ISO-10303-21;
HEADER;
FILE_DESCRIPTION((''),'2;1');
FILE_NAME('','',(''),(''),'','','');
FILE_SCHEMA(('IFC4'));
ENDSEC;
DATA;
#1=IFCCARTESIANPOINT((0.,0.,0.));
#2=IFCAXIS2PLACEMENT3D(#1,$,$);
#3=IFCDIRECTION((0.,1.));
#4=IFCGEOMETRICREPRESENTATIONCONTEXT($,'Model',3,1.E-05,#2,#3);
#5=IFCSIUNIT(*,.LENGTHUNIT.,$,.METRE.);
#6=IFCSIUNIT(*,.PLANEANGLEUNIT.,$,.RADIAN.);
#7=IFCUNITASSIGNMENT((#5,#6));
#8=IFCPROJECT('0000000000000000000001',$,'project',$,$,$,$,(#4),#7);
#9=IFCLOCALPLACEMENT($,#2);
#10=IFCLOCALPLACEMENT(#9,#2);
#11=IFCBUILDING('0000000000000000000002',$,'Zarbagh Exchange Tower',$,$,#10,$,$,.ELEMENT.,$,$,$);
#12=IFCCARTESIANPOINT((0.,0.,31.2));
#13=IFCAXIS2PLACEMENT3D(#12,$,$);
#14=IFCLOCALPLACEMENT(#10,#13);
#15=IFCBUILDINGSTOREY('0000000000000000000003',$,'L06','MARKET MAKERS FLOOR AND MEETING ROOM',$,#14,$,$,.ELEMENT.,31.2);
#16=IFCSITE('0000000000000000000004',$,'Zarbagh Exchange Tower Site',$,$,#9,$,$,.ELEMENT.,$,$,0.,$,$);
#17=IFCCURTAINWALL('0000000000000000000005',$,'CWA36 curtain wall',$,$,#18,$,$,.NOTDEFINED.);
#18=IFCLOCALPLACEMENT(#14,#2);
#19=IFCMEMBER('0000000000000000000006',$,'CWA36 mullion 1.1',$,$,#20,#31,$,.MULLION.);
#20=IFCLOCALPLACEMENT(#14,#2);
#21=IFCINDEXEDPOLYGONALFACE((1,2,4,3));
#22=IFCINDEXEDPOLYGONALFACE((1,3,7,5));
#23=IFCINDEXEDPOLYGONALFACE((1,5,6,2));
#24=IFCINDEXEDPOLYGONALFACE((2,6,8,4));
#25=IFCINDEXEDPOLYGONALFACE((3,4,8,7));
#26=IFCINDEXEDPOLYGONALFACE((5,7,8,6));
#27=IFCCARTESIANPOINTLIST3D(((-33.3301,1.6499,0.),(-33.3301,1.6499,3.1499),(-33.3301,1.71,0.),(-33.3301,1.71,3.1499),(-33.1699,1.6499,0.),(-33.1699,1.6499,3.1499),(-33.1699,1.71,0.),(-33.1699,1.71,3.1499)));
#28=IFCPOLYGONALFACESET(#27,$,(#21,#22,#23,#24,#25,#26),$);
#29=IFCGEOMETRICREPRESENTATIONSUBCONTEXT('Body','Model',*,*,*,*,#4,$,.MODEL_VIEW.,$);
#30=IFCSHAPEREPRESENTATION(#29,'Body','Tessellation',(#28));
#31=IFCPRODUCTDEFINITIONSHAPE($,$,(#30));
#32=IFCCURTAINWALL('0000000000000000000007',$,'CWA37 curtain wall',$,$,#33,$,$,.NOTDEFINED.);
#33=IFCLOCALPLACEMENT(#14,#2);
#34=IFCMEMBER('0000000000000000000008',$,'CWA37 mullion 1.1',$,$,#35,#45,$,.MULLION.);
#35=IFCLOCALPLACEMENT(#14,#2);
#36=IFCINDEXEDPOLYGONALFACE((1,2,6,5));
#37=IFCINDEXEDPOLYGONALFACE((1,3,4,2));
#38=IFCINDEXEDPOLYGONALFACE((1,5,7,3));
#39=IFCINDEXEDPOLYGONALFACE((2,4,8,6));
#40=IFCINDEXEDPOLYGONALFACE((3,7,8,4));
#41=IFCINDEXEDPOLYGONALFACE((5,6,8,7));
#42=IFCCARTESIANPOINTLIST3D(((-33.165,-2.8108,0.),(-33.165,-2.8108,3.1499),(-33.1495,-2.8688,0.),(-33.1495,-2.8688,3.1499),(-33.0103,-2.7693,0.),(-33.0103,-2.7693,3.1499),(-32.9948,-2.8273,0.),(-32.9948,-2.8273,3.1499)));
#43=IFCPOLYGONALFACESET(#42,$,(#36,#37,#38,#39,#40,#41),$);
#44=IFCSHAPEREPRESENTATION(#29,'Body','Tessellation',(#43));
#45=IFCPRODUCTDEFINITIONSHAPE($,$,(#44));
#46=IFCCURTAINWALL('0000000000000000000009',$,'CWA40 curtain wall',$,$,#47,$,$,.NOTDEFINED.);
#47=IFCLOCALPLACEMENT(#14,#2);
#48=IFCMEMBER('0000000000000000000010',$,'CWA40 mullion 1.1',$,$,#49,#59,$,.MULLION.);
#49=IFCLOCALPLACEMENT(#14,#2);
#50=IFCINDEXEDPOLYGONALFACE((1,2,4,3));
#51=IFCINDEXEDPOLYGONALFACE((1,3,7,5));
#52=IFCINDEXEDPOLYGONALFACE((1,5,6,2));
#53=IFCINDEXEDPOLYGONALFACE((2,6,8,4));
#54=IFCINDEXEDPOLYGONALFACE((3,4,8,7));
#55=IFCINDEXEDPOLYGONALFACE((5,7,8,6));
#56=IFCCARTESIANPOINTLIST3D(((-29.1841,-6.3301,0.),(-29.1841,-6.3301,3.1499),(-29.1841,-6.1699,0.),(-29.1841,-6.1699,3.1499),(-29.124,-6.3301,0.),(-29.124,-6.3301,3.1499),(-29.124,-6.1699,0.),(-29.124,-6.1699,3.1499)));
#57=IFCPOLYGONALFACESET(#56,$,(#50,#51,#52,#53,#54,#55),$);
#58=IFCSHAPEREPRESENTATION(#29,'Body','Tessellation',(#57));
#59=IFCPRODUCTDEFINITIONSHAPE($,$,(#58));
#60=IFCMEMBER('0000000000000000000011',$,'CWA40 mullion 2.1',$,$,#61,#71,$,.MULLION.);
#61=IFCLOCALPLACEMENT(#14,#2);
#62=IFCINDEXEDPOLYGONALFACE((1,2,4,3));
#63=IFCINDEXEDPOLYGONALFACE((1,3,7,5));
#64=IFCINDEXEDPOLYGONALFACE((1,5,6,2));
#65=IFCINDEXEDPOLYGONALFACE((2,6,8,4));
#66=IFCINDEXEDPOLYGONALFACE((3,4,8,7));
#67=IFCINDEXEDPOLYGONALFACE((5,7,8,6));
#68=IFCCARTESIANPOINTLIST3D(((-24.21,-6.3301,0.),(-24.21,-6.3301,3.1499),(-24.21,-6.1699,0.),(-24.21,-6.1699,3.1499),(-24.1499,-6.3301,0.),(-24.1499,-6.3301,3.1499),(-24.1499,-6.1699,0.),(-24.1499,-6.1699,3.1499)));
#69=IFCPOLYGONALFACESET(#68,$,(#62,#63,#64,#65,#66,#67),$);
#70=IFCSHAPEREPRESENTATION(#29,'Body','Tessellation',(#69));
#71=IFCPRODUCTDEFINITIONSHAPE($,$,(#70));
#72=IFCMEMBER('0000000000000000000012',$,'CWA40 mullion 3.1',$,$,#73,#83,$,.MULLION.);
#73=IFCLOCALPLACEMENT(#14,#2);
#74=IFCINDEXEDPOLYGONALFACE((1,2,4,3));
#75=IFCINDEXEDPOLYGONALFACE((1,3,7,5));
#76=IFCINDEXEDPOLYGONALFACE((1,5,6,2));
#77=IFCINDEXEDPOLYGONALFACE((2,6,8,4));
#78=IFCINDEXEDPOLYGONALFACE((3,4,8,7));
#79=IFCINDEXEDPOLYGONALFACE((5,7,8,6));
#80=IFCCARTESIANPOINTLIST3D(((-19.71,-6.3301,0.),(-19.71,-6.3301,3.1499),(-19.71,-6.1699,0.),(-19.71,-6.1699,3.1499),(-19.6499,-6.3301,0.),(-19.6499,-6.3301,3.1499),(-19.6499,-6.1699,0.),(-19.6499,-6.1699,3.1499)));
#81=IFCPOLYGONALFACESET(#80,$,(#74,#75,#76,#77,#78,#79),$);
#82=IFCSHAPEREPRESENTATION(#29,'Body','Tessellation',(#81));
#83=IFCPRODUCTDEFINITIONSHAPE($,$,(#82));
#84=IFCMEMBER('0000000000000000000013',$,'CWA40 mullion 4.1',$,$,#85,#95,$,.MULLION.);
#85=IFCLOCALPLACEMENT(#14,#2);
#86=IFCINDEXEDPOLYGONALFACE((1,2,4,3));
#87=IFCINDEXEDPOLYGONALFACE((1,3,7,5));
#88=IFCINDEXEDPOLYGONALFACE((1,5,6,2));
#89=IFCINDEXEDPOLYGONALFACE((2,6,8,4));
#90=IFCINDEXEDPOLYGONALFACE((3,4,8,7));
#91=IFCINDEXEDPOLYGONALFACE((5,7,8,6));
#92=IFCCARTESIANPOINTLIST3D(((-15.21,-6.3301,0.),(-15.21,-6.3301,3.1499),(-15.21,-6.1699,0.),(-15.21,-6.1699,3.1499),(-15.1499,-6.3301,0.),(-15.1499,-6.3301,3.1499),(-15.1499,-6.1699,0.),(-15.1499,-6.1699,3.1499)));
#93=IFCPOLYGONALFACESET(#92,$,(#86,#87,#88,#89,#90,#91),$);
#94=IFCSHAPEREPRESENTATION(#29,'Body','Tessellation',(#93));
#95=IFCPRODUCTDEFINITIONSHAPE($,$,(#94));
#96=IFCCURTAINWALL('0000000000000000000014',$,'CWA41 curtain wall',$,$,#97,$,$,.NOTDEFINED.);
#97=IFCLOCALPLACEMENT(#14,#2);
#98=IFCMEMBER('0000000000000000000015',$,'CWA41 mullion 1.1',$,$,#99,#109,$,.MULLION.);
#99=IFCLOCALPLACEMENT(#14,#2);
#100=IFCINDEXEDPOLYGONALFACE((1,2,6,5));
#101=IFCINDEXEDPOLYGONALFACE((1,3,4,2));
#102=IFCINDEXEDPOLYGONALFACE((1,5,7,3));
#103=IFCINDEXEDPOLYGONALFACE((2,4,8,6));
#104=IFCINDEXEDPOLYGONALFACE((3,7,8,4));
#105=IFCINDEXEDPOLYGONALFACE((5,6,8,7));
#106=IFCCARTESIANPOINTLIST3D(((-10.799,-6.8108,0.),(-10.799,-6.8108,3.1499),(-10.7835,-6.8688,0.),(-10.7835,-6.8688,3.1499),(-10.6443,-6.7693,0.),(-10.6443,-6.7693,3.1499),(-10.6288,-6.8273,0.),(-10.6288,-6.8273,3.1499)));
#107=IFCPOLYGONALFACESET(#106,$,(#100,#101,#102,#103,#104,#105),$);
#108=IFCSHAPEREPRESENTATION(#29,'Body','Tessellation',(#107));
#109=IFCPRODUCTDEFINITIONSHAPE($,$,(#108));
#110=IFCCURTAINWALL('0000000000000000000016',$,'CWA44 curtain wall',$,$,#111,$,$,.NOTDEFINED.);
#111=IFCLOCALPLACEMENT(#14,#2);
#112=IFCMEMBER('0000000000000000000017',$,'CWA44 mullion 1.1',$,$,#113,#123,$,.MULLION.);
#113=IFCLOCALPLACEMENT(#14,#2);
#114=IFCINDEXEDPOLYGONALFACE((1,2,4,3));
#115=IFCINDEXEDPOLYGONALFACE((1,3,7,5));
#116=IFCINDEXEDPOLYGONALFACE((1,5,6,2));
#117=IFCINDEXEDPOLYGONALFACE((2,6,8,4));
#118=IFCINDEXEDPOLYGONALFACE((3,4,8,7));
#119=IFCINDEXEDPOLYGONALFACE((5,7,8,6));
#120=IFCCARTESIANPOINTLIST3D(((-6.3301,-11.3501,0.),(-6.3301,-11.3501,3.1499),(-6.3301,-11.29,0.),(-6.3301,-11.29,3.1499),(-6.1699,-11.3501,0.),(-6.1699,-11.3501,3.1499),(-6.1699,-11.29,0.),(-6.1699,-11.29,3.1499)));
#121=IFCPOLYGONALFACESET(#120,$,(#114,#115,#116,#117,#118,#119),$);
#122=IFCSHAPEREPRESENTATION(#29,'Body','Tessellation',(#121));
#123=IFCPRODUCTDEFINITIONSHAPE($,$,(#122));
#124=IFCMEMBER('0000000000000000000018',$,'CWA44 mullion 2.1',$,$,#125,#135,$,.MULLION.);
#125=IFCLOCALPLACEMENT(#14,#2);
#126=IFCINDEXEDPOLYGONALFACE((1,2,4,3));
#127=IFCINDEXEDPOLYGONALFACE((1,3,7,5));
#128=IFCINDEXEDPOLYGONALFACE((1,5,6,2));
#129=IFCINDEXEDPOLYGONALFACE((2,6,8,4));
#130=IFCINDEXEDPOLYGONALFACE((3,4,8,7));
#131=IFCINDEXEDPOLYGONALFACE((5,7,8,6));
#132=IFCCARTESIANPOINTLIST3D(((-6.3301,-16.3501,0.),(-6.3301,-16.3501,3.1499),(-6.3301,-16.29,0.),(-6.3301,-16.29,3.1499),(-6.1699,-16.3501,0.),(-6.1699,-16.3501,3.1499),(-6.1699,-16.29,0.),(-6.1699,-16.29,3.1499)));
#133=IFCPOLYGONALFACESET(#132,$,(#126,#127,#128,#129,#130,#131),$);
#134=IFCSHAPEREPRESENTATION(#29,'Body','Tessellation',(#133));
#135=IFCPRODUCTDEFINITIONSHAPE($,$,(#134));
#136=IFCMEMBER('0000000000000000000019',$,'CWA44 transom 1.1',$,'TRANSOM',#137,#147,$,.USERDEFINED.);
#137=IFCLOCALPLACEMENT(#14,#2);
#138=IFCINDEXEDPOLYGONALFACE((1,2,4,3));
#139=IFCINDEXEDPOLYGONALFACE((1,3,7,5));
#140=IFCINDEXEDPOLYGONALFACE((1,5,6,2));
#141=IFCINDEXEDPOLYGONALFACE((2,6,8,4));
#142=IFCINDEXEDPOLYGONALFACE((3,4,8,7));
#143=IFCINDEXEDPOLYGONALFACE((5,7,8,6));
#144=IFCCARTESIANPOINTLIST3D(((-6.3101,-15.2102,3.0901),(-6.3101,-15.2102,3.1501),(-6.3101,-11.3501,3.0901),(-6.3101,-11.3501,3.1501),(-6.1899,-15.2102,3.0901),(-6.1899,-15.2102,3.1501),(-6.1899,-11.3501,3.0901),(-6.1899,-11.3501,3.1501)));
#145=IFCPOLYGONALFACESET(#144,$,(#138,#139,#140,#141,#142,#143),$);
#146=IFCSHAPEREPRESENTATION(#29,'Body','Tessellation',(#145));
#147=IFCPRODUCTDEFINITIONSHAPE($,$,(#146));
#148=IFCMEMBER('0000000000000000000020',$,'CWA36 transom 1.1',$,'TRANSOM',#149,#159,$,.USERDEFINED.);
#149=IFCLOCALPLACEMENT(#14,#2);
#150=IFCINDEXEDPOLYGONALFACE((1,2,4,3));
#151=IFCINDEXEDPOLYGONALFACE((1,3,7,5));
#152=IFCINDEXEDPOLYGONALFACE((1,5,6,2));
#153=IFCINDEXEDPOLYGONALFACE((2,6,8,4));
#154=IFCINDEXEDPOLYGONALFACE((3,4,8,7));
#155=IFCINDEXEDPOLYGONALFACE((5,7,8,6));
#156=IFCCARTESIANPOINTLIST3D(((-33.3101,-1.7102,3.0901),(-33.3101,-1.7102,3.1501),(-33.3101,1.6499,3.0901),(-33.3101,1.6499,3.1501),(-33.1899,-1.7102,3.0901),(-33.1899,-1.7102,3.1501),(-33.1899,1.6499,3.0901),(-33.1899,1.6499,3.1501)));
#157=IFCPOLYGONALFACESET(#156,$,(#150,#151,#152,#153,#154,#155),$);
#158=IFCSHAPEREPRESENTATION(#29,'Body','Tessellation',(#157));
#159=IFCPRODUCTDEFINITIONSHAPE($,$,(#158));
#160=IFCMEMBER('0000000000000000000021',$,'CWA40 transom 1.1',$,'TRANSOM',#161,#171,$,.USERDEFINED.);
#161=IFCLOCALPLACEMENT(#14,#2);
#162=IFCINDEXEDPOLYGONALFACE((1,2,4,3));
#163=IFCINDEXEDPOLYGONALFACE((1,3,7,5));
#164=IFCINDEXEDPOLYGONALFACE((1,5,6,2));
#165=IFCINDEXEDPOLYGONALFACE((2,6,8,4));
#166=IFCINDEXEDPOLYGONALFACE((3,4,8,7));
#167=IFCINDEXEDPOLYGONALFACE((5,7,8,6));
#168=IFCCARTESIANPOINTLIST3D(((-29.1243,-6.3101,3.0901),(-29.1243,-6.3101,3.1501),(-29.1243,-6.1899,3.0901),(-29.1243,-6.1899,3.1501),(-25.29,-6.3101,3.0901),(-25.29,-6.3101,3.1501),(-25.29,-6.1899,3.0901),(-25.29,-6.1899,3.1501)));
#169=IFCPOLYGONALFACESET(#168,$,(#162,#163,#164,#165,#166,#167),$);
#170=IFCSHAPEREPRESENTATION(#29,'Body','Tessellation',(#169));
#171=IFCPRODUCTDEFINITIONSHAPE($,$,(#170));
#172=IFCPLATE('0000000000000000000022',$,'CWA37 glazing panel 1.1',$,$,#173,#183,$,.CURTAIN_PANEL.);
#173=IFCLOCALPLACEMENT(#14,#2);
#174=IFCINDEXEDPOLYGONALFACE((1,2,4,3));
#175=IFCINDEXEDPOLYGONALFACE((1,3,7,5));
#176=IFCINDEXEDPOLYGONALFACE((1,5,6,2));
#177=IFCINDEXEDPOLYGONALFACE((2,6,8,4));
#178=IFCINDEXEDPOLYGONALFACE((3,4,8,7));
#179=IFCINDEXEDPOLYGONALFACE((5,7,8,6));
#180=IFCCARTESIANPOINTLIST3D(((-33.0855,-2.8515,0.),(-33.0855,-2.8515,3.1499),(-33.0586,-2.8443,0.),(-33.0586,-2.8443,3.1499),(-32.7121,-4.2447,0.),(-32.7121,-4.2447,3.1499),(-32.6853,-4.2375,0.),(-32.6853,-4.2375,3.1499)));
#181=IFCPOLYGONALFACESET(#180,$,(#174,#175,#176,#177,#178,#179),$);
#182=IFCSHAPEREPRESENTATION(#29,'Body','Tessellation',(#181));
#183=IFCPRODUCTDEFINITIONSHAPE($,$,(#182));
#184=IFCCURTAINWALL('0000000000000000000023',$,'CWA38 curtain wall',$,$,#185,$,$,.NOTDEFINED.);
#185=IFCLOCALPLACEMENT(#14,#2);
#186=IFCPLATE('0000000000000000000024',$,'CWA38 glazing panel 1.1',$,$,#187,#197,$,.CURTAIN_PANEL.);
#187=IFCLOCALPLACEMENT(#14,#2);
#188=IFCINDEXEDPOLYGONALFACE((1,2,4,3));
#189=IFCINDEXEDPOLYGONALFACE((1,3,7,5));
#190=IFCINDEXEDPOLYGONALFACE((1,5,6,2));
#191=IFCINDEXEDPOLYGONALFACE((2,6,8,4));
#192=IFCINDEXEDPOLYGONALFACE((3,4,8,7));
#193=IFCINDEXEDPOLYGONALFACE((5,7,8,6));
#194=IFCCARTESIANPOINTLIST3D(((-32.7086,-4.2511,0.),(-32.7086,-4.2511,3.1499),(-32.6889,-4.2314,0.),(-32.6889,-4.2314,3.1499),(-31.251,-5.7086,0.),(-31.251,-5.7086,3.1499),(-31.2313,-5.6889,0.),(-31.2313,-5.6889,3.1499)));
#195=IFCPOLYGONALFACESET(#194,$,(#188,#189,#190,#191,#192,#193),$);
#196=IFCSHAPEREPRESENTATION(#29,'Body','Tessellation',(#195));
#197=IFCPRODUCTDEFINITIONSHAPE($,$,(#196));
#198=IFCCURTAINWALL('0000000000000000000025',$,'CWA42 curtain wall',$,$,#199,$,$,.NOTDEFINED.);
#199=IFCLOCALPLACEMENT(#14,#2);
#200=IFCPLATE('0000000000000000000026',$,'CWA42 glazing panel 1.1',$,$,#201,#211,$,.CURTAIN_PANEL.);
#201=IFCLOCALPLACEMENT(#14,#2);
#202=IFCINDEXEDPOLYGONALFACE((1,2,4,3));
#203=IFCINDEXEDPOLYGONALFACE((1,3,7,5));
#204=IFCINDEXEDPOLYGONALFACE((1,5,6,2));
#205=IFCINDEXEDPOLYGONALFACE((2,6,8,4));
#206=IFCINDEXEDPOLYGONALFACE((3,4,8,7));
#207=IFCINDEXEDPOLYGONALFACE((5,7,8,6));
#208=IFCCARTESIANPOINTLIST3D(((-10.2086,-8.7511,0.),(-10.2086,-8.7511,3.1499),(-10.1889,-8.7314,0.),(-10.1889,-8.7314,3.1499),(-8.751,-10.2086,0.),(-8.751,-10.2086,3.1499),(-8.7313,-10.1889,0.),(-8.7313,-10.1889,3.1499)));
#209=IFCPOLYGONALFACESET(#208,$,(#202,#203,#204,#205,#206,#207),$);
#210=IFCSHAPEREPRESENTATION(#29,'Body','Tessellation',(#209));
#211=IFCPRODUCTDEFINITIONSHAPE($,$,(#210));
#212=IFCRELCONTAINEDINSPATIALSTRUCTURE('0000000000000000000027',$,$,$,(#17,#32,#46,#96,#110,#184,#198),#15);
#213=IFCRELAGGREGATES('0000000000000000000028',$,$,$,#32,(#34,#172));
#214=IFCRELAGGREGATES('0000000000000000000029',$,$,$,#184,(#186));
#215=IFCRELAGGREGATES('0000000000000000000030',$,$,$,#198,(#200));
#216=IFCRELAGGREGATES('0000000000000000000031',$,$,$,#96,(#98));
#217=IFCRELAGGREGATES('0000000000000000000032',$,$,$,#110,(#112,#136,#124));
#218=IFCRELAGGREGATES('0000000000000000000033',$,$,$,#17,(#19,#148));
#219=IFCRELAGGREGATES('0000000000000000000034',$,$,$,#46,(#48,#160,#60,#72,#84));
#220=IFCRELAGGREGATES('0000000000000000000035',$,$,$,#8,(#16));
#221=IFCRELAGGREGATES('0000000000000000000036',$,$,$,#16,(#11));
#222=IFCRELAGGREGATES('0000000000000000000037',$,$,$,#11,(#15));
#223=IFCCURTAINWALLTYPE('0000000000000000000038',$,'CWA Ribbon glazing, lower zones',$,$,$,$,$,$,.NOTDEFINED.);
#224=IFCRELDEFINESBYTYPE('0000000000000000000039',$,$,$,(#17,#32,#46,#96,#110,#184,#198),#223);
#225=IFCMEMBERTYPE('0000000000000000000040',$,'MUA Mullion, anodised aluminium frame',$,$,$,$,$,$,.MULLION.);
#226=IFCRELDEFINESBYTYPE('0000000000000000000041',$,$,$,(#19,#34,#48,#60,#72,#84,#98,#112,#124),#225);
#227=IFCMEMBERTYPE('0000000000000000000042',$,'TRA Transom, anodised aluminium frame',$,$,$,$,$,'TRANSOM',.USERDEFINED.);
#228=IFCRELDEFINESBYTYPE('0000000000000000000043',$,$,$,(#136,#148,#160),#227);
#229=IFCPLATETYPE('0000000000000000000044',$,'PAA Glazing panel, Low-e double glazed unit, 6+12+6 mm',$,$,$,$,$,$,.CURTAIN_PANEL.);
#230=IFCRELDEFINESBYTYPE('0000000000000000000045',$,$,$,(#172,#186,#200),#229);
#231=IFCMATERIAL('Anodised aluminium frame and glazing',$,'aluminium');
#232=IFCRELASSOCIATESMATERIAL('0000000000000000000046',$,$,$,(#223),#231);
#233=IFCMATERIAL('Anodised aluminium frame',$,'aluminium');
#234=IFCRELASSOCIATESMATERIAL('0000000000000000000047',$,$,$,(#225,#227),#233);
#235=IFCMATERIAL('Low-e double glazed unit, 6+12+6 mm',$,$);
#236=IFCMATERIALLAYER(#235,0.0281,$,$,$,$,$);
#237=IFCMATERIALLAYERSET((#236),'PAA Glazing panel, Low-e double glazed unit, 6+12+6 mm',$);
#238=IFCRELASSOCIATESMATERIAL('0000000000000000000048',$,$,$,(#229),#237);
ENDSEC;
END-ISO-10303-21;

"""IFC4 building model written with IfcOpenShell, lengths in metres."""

from ifc_helpers import new_model, si_unit, direction, frame, origin, place, context, subcontext, project, spatial, polyline, outline, extrude, source, transform, mapped, material, layer, layer_set, type_object, element, aggregate, save


model = new_model("IFC4")

# Units and contexts
model_context = context("Model", 3, precision=1e-05, world=origin(), true_north=direction((0.0, 1.0)))
body_context = subcontext(model_context, "Body", "Model", "MODEL_VIEW")
ifc_project = project(units=[si_unit("LENGTHUNIT", "METRE"), si_unit("PLANEANGLEUNIT", "RADIAN")], contexts=[model_context])

# Site, building, storey
site_placement = place(None, origin())
site = spatial("IfcSite", under=ifc_project, at=site_placement, Name="Zarbagh Exchange Tower Site", CompositionType="ELEMENT", RefElevation=0.0)
building_placement = place(site_placement, origin())
building = spatial("IfcBuilding", under=site, at=building_placement, Name="Zarbagh Exchange Tower", CompositionType="ELEMENT")
storey_placement = place(building_placement, frame((0.0, 0.0, 31.2)))
storey = spatial("IfcBuildingStorey", under=building, at=storey_placement, Name="L06", Description="MARKET MAKERS FLOOR AND MEETING ROOM", CompositionType="ELEMENT", Elevation=31.2)

# Curtain walls, members
ifc_material_1 = material(Name="Anodised aluminium frame and glazing", Category="aluminium")
curtain_wall_type = type_object("IfcCurtainWallType", Name="CWA Ribbon glazing, lower zones", PredefinedType="NOTDEFINED", material=ifc_material_1)
curtain_wall_1_placement = place(storey_placement, origin())
curtain_wall_1 = element("IfcCurtainWall", 1, at=curtain_wall_1_placement, inside=storey, type_object=curtain_wall_type, Name="CWA36 curtain wall", PredefinedType="NOTDEFINED")
ifc_material_2 = material(Name="Anodised aluminium frame", Category="aluminium")
member_type_1 = type_object("IfcMemberType", Name="MUA Mullion, anodised aluminium frame", PredefinedType="MULLION", material=ifc_material_2)
shared_shape_1 = source(origin(), body_context, "Body", "SweptSolid", [
    extrude(outline(polyline([(0.0, -0.0801), (0.0601, -0.0801), (0.0601, 0.0801), (0.0, 0.0801), (0.0, -0.0801)])), origin(), (0.0, 0.0, 1.0), 3.1499),
])
placement = place(storey_placement, origin())
member_1 = element("IfcMember", 2, at=placement, type_object=member_type_1, Name="CWA36 mullion 1.1", PredefinedType="MULLION", context=body_context, shape_type="MappedRepresentation", body=[
    mapped(shared_shape_1, transform((-33.25, 1.71, 0.0), x_axis=(0.0, -1.0, 0.0), y_axis=(1.0, 0.0, 0.0), z_axis=(0.0, 0.0, 1.0))),
])
curtain_wall_2_placement = place(storey_placement, origin())
curtain_wall_2 = element("IfcCurtainWall", 3, at=curtain_wall_2_placement, inside=storey, type_object=curtain_wall_type, Name="CWA37 curtain wall", PredefinedType="NOTDEFINED")
member_2 = element("IfcMember", 4, at=placement, type_object=member_type_1, Name="CWA37 mullion 1.1", PredefinedType="MULLION", context=body_context, shape_type="MappedRepresentation", body=[
    mapped(shared_shape_1, transform((-33.0876, -2.79, 0.0), x_axis=(0.258825, -0.965924, 0.0), y_axis=(0.965924, 0.258825, 0.0), z_axis=(0.0, 0.0, 1.0))),
])

# Curtain wall, members
curtain_wall_3_placement = place(storey_placement, origin())
curtain_wall_3 = element("IfcCurtainWall", 5, at=curtain_wall_3_placement, inside=storey, type_object=curtain_wall_type, Name="CWA40 curtain wall", PredefinedType="NOTDEFINED")
member_3 = element("IfcMember", 6, at=placement, type_object=member_type_1, Name="CWA40 mullion 1.1", PredefinedType="MULLION", context=body_context, shape_type="MappedRepresentation", body=[
    mapped(shared_shape_1, transform((-29.1841, -6.25, 0.0), x_axis=(1.0, 0.0, 0.0), y_axis=(0.0, 1.0, 0.0), z_axis=(0.0, 0.0, 1.0))),
])
member_4 = element("IfcMember", 7, at=placement, type_object=member_type_1, Name="CWA40 mullion 2.1", PredefinedType="MULLION", context=body_context, shape_type="MappedRepresentation", body=[
    mapped(shared_shape_1, transform((-24.21, -6.25, 0.0), x_axis=(1.0, 0.0, 0.0), y_axis=(0.0, 1.0, 0.0), z_axis=(0.0, 0.0, 1.0))),
])
member_5 = element("IfcMember", 8, at=placement, type_object=member_type_1, Name="CWA40 mullion 3.1", PredefinedType="MULLION", context=body_context, shape_type="MappedRepresentation", body=[
    mapped(shared_shape_1, transform((-19.71, -6.25, 0.0), x_axis=(1.0, 0.0, 0.0), y_axis=(0.0, 1.0, 0.0), z_axis=(0.0, 0.0, 1.0))),
])
member_6 = element("IfcMember", 9, at=placement, type_object=member_type_1, Name="CWA40 mullion 4.1", PredefinedType="MULLION", context=body_context, shape_type="MappedRepresentation", body=[
    mapped(shared_shape_1, transform((-15.21, -6.25, 0.0), x_axis=(1.0, 0.0, 0.0), y_axis=(0.0, 1.0, 0.0), z_axis=(0.0, 0.0, 1.0))),
])

# Curtain wall, member
curtain_wall_4_placement = place(storey_placement, origin())
curtain_wall_4 = element("IfcCurtainWall", 10, at=curtain_wall_4_placement, inside=storey, type_object=curtain_wall_type, Name="CWA41 curtain wall", PredefinedType="NOTDEFINED")
member_7 = element("IfcMember", 11, at=placement, type_object=member_type_1, Name="CWA41 mullion 1.1", PredefinedType="MULLION", context=body_context, shape_type="MappedRepresentation", body=[
    mapped(shared_shape_1, transform((-10.7217, -6.79, 0.0), x_axis=(0.258825, -0.965924, 0.0), y_axis=(0.965924, 0.258825, 0.0), z_axis=(0.0, 0.0, 1.0))),
])

# Curtain wall, members
curtain_wall_5_placement = place(storey_placement, origin())
curtain_wall_5 = element("IfcCurtainWall", 12, at=curtain_wall_5_placement, inside=storey, type_object=curtain_wall_type, Name="CWA44 curtain wall", PredefinedType="NOTDEFINED")
member_8 = element("IfcMember", 13, at=placement, type_object=member_type_1, Name="CWA44 mullion 1.1", PredefinedType="MULLION", context=body_context, shape_type="MappedRepresentation", body=[
    mapped(shared_shape_1, transform((-6.25, -11.29, 0.0), x_axis=(0.0, -1.0, 0.0), y_axis=(1.0, 0.0, 0.0), z_axis=(0.0, 0.0, 1.0))),
])
member_9 = element("IfcMember", 14, at=placement, type_object=member_type_1, Name="CWA44 mullion 2.1", PredefinedType="MULLION", context=body_context, shape_type="MappedRepresentation", body=[
    mapped(shared_shape_1, transform((-6.25, -16.29, 0.0), x_axis=(0.0, -1.0, 0.0), y_axis=(1.0, 0.0, 0.0), z_axis=(0.0, 0.0, 1.0))),
])
member_type_2 = type_object("IfcMemberType", Name="TRA Transom, anodised aluminium frame", ElementType="TRANSOM", PredefinedType="USERDEFINED", material=ifc_material_2)
shared_shape_2 = source(origin(), body_context, "Body", "SweptSolid", [
    extrude(outline(polyline([(-0.0601, -0.0601), (0.0, -0.0601), (0.0, 0.0601), (-0.0601, 0.0601), (-0.0601, -0.0601)])), origin(), (0.0, 0.0, 1.0), 3.8601),
])
member_10 = element("IfcMember", 15, at=placement, type_object=member_type_2, Name="CWA44 transom 1.1", ObjectType="TRANSOM", PredefinedType="USERDEFINED", context=body_context, shape_type="MappedRepresentation", body=[
    mapped(shared_shape_2, transform((-6.25, -11.3501, 3.1501), x_axis=(0.0, 0.0, 1.0), y_axis=(-1.0, 0.0, 0.0), z_axis=(0.0, -1.0, 0.0))),
])

# Members
shared_shape_3 = source(origin(), body_context, "Body", "SweptSolid", [
    extrude(outline(polyline([(-0.0601, -0.0601), (0.0, -0.0601), (0.0, 0.0601), (-0.0601, 0.0601), (-0.0601, -0.0601)])), origin(), (0.0, 0.0, 1.0), 3.3601),
])
member_11 = element("IfcMember", 16, at=placement, type_object=member_type_2, Name="CWA36 transom 1.1", ObjectType="TRANSOM", PredefinedType="USERDEFINED", context=body_context, shape_type="MappedRepresentation", body=[
    mapped(shared_shape_3, transform((-33.25, 1.6499, 3.1501), x_axis=(0.0, 0.0, 1.0), y_axis=(-1.0, 0.0, 0.0), z_axis=(0.0, -1.0, 0.0))),
])
shared_shape_4 = source(origin(), body_context, "Body", "SweptSolid", [
    extrude(outline(polyline([(-0.0601, -0.0601), (0.0, -0.0601), (0.0, 0.0601), (-0.0601, 0.0601), (-0.0601, -0.0601)])), origin(), (0.0, 0.0, 1.0), 3.8342),
])
member_12 = element("IfcMember", 17, at=placement, type_object=member_type_2, Name="CWA40 transom 1.1", ObjectType="TRANSOM", PredefinedType="USERDEFINED", context=body_context, shape_type="MappedRepresentation", body=[
    mapped(shared_shape_4, transform((-29.1243, -6.25, 3.1501), x_axis=(0.0, 0.0, 1.0), y_axis=(0.0, -1.0, 0.0), z_axis=(1.0, 0.0, 0.0))),
])

# Plate
ifc_material_3 = material(Name="Low-e double glazed unit, 6+12+6 mm")
ifc_layer = layer(ifc_material_3, 0.0281)
ifc_layer_set = layer_set([ifc_layer], Name="PAA Glazing panel, Low-e double glazed unit, 6+12+6 mm")
plate_type = type_object("IfcPlateType", Name="PAA Glazing panel, Low-e double glazed unit, 6+12+6 mm", PredefinedType="CURTAIN_PANEL", material=ifc_layer_set)
shared_shape_5 = source(origin(), body_context, "Body", "SweptSolid", [
    extrude(outline(polyline([(0.0, -0.0139), (1.4424, -0.0139), (1.4424, 0.0139), (0.0, 0.0139), (0.0, -0.0139)])), origin(), (0.0, 0.0, 1.0), 3.1499),
])
plate_1 = element("IfcPlate", 18, at=placement, type_object=plate_type, Name="CWA37 glazing panel 1.1", PredefinedType="CURTAIN_PANEL", context=body_context, shape_type="MappedRepresentation", body=[
    mapped(shared_shape_5, transform((-33.072, -2.8479, 0.0), x_axis=(0.258825, -0.965924, 0.0), y_axis=(0.965924, 0.258825, 0.0), z_axis=(0.0, 0.0, 1.0))),
])
aggregate(curtain_wall_2, [member_2, plate_1])

# Curtain walls, plates
curtain_wall_6_placement = place(storey_placement, origin())
curtain_wall_6 = element("IfcCurtainWall", 19, at=curtain_wall_6_placement, inside=storey, type_object=curtain_wall_type, Name="CWA38 curtain wall", PredefinedType="NOTDEFINED")
shared_shape_6 = source(origin(), body_context, "Body", "SweptSolid", [
    extrude(outline(polyline([(0.0, -0.0139), (2.0613, -0.0139), (2.0613, 0.0139), (0.0, 0.0139), (0.0, -0.0139)])), origin(), (0.0, 0.0, 1.0), 3.1499),
])
plate_2 = element("IfcPlate", 20, at=placement, type_object=plate_type, Name="CWA38 glazing panel 1.1", PredefinedType="CURTAIN_PANEL", context=body_context, shape_type="MappedRepresentation", body=[
    mapped(shared_shape_6, transform((-32.6987, -4.2412, 0.0), x_axis=(0.707107, -0.707107, 0.0), y_axis=(0.707107, 0.707107, 0.0), z_axis=(0.0, 0.0, 1.0))),
])
aggregate(curtain_wall_6, [plate_2])
curtain_wall_7_placement = place(storey_placement, origin())
curtain_wall_7 = element("IfcCurtainWall", 21, at=curtain_wall_7_placement, inside=storey, type_object=curtain_wall_type, Name="CWA42 curtain wall", PredefinedType="NOTDEFINED")
plate_3 = element("IfcPlate", 22, at=placement, type_object=plate_type, Name="CWA42 glazing panel 1.1", PredefinedType="CURTAIN_PANEL", context=body_context, shape_type="MappedRepresentation", body=[
    mapped(shared_shape_6, transform((-10.1987, -8.7412, 0.0), x_axis=(0.707107, -0.707107, 0.0), y_axis=(0.707107, 0.707107, 0.0), z_axis=(0.0, 0.0, 1.0))),
])
aggregate(curtain_wall_7, [plate_3])

aggregate(curtain_wall_4, [member_7])

aggregate(curtain_wall_5, [member_8, member_10, member_9])
aggregate(curtain_wall_1, [member_1, member_11])
aggregate(curtain_wall_3, [member_3, member_12, member_4, member_5, member_6])

save(model, "model.ifc")
